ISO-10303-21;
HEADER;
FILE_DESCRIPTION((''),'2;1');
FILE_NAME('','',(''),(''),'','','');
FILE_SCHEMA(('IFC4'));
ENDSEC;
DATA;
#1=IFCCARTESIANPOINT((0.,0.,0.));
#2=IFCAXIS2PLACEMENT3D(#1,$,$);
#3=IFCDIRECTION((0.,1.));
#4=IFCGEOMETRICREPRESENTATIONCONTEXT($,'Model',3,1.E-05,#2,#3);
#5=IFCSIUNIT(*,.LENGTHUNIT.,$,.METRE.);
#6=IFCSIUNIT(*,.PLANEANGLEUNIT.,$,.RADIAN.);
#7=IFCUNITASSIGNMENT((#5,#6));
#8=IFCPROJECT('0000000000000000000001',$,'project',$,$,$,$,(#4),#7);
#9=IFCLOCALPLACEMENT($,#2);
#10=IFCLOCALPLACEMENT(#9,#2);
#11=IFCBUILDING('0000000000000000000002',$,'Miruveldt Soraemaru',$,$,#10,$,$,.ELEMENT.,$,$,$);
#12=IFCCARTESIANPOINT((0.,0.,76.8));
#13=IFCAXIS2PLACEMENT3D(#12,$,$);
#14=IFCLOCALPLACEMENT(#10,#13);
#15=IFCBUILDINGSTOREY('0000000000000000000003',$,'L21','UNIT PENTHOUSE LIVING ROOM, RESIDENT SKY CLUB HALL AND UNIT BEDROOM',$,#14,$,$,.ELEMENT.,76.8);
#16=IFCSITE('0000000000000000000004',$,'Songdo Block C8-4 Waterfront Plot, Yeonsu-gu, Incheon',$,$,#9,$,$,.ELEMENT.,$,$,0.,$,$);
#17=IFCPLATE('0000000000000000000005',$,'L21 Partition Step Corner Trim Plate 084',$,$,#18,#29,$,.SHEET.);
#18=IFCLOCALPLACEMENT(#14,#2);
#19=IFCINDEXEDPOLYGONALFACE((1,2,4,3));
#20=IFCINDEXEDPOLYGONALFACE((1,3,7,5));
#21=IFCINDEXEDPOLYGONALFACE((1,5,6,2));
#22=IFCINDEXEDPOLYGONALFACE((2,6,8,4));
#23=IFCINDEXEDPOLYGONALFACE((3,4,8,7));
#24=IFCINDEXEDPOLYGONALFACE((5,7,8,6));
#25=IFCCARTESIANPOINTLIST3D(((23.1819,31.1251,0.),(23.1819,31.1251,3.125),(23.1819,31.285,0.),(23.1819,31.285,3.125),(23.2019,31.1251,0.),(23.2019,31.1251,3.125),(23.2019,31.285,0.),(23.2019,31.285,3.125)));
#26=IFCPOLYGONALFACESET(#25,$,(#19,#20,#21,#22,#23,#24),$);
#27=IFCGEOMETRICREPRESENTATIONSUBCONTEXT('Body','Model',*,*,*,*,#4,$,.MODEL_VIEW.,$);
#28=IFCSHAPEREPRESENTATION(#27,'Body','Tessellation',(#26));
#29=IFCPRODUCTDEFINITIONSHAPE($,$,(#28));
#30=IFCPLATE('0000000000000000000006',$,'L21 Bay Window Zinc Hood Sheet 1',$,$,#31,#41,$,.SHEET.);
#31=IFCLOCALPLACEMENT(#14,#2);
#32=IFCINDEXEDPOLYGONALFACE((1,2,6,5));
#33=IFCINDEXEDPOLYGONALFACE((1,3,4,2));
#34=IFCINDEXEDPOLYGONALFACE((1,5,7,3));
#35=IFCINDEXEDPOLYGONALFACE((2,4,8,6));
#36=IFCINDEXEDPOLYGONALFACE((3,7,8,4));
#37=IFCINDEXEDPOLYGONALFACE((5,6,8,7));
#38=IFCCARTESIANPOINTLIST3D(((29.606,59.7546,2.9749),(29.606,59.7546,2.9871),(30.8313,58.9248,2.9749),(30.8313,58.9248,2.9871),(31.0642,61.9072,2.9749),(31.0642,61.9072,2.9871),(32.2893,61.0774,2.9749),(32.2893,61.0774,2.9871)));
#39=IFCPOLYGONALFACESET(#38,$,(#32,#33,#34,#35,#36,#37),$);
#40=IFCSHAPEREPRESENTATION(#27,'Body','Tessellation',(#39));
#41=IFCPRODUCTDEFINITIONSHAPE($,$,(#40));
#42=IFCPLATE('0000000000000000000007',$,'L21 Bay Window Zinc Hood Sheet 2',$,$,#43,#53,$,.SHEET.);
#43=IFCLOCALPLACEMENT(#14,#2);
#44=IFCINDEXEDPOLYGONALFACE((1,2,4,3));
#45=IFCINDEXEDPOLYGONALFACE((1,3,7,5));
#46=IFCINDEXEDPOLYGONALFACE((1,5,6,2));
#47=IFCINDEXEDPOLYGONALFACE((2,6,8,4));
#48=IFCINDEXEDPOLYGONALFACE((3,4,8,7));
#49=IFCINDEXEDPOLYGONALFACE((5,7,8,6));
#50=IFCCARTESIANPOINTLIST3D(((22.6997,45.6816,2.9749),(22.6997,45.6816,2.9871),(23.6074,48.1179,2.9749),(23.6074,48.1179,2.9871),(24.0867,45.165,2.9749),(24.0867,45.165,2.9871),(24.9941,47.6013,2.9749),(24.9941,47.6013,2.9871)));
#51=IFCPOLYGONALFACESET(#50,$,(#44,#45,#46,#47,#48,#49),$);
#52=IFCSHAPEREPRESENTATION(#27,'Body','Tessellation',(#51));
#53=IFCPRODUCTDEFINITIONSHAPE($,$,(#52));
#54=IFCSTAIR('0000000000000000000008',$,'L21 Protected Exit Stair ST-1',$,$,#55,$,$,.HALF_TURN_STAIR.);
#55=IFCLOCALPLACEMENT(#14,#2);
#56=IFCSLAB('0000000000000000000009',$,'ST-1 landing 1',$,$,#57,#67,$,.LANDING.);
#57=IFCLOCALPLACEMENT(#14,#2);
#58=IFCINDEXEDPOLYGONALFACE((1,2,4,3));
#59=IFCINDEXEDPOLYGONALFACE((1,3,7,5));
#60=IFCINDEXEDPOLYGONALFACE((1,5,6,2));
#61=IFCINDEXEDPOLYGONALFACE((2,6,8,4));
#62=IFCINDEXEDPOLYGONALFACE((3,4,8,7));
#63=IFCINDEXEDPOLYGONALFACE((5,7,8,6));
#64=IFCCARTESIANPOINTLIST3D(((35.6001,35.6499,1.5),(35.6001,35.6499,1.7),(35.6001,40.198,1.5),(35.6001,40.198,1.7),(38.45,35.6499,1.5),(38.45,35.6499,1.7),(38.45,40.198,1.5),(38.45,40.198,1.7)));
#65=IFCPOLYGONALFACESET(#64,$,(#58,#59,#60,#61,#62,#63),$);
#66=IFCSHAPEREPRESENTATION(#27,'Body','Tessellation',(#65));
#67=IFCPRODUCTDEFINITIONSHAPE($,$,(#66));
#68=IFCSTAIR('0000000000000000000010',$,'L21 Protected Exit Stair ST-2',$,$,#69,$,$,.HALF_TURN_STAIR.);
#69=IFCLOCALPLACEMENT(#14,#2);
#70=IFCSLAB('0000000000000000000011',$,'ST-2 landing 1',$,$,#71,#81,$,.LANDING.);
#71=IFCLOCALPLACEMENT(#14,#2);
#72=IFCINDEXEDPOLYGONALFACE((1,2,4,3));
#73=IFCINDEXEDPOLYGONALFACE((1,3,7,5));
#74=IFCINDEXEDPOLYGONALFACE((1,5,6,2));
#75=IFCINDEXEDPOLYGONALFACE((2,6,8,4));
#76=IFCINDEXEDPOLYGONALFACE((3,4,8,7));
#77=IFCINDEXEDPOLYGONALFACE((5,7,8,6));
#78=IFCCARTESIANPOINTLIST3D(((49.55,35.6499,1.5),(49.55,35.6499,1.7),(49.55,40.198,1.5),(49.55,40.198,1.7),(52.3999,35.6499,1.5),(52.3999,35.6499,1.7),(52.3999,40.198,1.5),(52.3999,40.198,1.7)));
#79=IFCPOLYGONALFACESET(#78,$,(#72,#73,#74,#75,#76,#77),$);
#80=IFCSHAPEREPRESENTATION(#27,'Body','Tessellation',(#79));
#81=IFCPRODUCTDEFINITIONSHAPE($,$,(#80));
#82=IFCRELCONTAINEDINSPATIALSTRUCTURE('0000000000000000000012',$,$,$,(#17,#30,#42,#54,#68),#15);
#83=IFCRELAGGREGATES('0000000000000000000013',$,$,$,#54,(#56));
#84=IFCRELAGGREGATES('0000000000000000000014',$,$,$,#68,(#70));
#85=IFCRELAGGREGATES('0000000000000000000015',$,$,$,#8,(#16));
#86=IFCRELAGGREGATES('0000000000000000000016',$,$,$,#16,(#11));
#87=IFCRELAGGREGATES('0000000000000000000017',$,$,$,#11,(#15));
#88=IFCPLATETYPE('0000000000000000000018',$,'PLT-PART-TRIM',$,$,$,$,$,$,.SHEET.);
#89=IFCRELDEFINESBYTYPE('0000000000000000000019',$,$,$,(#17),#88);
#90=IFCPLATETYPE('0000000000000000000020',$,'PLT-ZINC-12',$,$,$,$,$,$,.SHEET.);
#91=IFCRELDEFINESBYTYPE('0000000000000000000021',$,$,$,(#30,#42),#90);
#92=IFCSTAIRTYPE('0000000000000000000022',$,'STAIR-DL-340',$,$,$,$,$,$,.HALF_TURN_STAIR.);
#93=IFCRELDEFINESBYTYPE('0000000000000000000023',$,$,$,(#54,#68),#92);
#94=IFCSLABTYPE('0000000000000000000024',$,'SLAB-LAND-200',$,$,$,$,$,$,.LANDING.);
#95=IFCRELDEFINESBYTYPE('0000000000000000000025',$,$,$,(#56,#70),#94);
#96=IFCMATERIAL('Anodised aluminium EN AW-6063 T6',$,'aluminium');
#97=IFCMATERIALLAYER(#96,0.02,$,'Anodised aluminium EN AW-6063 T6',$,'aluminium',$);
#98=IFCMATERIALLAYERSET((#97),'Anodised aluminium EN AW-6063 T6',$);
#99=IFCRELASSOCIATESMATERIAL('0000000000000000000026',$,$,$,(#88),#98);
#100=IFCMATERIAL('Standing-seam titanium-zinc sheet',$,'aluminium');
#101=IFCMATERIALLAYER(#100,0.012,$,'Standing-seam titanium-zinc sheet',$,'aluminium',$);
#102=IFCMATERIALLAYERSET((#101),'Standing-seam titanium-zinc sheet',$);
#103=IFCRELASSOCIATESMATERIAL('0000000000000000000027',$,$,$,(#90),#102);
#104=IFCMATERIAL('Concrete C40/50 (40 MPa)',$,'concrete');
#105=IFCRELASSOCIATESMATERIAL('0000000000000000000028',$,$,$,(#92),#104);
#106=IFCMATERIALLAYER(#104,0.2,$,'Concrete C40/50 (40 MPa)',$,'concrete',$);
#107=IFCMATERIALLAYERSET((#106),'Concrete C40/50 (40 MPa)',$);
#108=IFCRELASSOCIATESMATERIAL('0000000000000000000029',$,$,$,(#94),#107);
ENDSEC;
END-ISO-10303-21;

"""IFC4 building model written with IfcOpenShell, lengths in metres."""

from ifc_helpers import new_model, si_unit, direction, frame, origin, origin_2d, place, context, subcontext, project, spatial, polyline, rectangle, outline, extrude, material, layer, layer_set, type_object, element, aggregate, save


model = new_model("IFC4")

# Units and contexts
model_context = context("Model", 3, precision=1e-05, world=origin(), true_north=direction((0.0, 1.0)))
body_context = subcontext(model_context, "Body", "Model", "MODEL_VIEW")
ifc_project = project(units=[si_unit("LENGTHUNIT", "METRE"), si_unit("PLANEANGLEUNIT", "RADIAN")], contexts=[model_context])

# Site, building, storey
site_placement = place(None, origin())
site = spatial("IfcSite", under=ifc_project, at=site_placement, Name="Songdo Block C8-4 Waterfront Plot, Yeonsu-gu, Incheon", CompositionType="ELEMENT", RefElevation=0.0)
building_placement = place(site_placement, origin())
building = spatial("IfcBuilding", under=site, at=building_placement, Name="Miruveldt Soraemaru", CompositionType="ELEMENT")
storey_placement = place(building_placement, frame((0.0, 0.0, 76.8)))
storey = spatial("IfcBuildingStorey", under=building, at=storey_placement, Name="L21", Description="UNIT PENTHOUSE LIVING ROOM, RESIDENT SKY CLUB HALL AND UNIT BEDROOM", CompositionType="ELEMENT", Elevation=76.8)

# Plates
ifc_material_1 = material(Name="Anodised aluminium EN AW-6063 T6", Category="aluminium")
ifc_layer_1 = layer(ifc_material_1, 0.02, Name="Anodised aluminium EN AW-6063 T6", Category="aluminium")
ifc_layer_set_1 = layer_set([ifc_layer_1], Name="Anodised aluminium EN AW-6063 T6")
plate_type_1 = type_object("IfcPlateType", Name="PLT-PART-TRIM", PredefinedType="SHEET", material=ifc_layer_set_1)
plate_1_placement = place(storey_placement, frame((23.1919, 31.2051, 0.0), z_axis=(0.0, 0.0, 1.0), x_axis=(0.0, -1.0, 0.0)))
element("IfcPlate", 1, at=plate_1_placement, inside=storey, type_object=plate_type_1, Name="L21 Partition Step Corner Trim Plate 084", PredefinedType="SHEET", context=body_context, shape_type="SweptSolid", body=[
    extrude(rectangle(XDim=0.1599, YDim=0.02, at=origin_2d()), origin(), (0.0, 0.0, 1.0), 3.125),
])
ifc_material_2 = material(Name="Standing-seam titanium-zinc sheet", Category="aluminium")
ifc_layer_2 = layer(ifc_material_2, 0.012, Name="Standing-seam titanium-zinc sheet", Category="aluminium")
ifc_layer_set_2 = layer_set([ifc_layer_2], Name="Standing-seam titanium-zinc sheet")
plate_type_2 = type_object("IfcPlateType", Name="PLT-ZINC-12", PredefinedType="SHEET", material=ifc_layer_set_2)
plate_2_placement = place(storey_placement, frame((0.0, 0.0, 2.9749)))
element("IfcPlate", 2, at=plate_2_placement, inside=storey, type_object=plate_type_2, Name="L21 Bay Window Zinc Hood Sheet 1", PredefinedType="SHEET", context=body_context, shape_type="SweptSolid", body=[
    extrude(outline(polyline([(32.2893, 61.0774), (30.8313, 58.9248), (29.606, 59.7546), (31.0642, 61.9072), (32.2893, 61.0774)])), origin(), (0.0, 0.0, 1.0), 0.0122),
])
plate_3_placement = place(storey_placement, frame((0.0, 0.0, 2.9749)))
element("IfcPlate", 3, at=plate_3_placement, inside=storey, type_object=plate_type_2, Name="L21 Bay Window Zinc Hood Sheet 2", PredefinedType="SHEET", context=body_context, shape_type="SweptSolid", body=[
    extrude(outline(polyline([(24.9941, 47.6013), (24.0867, 45.165), (22.6997, 45.6816), (23.6074, 48.1179), (24.9941, 47.6013)])), origin(), (0.0, 0.0, 1.0), 0.0122),
])

# Stairs, slabs
ifc_material_3 = material(Name="Concrete C40/50 (40 MPa)", Category="concrete")
stair_type = type_object("IfcStairType", Name="STAIR-DL-340", PredefinedType="HALF_TURN_STAIR", material=ifc_material_3)
stair_1_placement = place(storey_placement, origin())
stair_1 = element("IfcStair", 4, at=stair_1_placement, inside=storey, type_object=stair_type, Name="L21 Protected Exit Stair ST-1", PredefinedType="HALF_TURN_STAIR")
ifc_layer_3 = layer(ifc_material_3, 0.2, Name="Concrete C40/50 (40 MPa)", Category="concrete")
ifc_layer_set_3 = layer_set([ifc_layer_3], Name="Concrete C40/50 (40 MPa)")
slab_type_1 = type_object("IfcSlabType", Name="SLAB-LAND-200", PredefinedType="LANDING", material=ifc_layer_set_3)
slab_1_placement = place(storey_placement, frame((0.0, 0.0, 1.5)))
slab_1 = element("IfcSlab", 5, at=slab_1_placement, type_object=slab_type_1, Name="ST-1 landing 1", PredefinedType="LANDING", context=body_context, shape_type="SweptSolid", body=[
    extrude(outline(polyline([(35.6001, 40.198), (35.6001, 35.6499), (38.45, 35.6499), (38.45, 40.198), (35.6001, 40.198)])), origin(), (0.0, 0.0, 1.0), 0.2),
])
aggregate(stair_1, [slab_1])
stair_2_placement = place(storey_placement, origin())
stair_2 = element("IfcStair", 6, at=stair_2_placement, inside=storey, type_object=stair_type, Name="L21 Protected Exit Stair ST-2", PredefinedType="HALF_TURN_STAIR")
slab_2_placement = place(storey_placement, frame((0.0, 0.0, 1.5)))
slab_2 = element("IfcSlab", 7, at=slab_2_placement, type_object=slab_type_1, Name="ST-2 landing 1", PredefinedType="LANDING", context=body_context, shape_type="SweptSolid", body=[
    extrude(outline(polyline([(49.55, 40.198), (49.55, 35.6499), (52.3999, 35.6499), (52.3999, 40.198), (49.55, 40.198)])), origin(), (0.0, 0.0, 1.0), 0.2),
])
aggregate(stair_2, [slab_2])

save(model, "model.ifc")
